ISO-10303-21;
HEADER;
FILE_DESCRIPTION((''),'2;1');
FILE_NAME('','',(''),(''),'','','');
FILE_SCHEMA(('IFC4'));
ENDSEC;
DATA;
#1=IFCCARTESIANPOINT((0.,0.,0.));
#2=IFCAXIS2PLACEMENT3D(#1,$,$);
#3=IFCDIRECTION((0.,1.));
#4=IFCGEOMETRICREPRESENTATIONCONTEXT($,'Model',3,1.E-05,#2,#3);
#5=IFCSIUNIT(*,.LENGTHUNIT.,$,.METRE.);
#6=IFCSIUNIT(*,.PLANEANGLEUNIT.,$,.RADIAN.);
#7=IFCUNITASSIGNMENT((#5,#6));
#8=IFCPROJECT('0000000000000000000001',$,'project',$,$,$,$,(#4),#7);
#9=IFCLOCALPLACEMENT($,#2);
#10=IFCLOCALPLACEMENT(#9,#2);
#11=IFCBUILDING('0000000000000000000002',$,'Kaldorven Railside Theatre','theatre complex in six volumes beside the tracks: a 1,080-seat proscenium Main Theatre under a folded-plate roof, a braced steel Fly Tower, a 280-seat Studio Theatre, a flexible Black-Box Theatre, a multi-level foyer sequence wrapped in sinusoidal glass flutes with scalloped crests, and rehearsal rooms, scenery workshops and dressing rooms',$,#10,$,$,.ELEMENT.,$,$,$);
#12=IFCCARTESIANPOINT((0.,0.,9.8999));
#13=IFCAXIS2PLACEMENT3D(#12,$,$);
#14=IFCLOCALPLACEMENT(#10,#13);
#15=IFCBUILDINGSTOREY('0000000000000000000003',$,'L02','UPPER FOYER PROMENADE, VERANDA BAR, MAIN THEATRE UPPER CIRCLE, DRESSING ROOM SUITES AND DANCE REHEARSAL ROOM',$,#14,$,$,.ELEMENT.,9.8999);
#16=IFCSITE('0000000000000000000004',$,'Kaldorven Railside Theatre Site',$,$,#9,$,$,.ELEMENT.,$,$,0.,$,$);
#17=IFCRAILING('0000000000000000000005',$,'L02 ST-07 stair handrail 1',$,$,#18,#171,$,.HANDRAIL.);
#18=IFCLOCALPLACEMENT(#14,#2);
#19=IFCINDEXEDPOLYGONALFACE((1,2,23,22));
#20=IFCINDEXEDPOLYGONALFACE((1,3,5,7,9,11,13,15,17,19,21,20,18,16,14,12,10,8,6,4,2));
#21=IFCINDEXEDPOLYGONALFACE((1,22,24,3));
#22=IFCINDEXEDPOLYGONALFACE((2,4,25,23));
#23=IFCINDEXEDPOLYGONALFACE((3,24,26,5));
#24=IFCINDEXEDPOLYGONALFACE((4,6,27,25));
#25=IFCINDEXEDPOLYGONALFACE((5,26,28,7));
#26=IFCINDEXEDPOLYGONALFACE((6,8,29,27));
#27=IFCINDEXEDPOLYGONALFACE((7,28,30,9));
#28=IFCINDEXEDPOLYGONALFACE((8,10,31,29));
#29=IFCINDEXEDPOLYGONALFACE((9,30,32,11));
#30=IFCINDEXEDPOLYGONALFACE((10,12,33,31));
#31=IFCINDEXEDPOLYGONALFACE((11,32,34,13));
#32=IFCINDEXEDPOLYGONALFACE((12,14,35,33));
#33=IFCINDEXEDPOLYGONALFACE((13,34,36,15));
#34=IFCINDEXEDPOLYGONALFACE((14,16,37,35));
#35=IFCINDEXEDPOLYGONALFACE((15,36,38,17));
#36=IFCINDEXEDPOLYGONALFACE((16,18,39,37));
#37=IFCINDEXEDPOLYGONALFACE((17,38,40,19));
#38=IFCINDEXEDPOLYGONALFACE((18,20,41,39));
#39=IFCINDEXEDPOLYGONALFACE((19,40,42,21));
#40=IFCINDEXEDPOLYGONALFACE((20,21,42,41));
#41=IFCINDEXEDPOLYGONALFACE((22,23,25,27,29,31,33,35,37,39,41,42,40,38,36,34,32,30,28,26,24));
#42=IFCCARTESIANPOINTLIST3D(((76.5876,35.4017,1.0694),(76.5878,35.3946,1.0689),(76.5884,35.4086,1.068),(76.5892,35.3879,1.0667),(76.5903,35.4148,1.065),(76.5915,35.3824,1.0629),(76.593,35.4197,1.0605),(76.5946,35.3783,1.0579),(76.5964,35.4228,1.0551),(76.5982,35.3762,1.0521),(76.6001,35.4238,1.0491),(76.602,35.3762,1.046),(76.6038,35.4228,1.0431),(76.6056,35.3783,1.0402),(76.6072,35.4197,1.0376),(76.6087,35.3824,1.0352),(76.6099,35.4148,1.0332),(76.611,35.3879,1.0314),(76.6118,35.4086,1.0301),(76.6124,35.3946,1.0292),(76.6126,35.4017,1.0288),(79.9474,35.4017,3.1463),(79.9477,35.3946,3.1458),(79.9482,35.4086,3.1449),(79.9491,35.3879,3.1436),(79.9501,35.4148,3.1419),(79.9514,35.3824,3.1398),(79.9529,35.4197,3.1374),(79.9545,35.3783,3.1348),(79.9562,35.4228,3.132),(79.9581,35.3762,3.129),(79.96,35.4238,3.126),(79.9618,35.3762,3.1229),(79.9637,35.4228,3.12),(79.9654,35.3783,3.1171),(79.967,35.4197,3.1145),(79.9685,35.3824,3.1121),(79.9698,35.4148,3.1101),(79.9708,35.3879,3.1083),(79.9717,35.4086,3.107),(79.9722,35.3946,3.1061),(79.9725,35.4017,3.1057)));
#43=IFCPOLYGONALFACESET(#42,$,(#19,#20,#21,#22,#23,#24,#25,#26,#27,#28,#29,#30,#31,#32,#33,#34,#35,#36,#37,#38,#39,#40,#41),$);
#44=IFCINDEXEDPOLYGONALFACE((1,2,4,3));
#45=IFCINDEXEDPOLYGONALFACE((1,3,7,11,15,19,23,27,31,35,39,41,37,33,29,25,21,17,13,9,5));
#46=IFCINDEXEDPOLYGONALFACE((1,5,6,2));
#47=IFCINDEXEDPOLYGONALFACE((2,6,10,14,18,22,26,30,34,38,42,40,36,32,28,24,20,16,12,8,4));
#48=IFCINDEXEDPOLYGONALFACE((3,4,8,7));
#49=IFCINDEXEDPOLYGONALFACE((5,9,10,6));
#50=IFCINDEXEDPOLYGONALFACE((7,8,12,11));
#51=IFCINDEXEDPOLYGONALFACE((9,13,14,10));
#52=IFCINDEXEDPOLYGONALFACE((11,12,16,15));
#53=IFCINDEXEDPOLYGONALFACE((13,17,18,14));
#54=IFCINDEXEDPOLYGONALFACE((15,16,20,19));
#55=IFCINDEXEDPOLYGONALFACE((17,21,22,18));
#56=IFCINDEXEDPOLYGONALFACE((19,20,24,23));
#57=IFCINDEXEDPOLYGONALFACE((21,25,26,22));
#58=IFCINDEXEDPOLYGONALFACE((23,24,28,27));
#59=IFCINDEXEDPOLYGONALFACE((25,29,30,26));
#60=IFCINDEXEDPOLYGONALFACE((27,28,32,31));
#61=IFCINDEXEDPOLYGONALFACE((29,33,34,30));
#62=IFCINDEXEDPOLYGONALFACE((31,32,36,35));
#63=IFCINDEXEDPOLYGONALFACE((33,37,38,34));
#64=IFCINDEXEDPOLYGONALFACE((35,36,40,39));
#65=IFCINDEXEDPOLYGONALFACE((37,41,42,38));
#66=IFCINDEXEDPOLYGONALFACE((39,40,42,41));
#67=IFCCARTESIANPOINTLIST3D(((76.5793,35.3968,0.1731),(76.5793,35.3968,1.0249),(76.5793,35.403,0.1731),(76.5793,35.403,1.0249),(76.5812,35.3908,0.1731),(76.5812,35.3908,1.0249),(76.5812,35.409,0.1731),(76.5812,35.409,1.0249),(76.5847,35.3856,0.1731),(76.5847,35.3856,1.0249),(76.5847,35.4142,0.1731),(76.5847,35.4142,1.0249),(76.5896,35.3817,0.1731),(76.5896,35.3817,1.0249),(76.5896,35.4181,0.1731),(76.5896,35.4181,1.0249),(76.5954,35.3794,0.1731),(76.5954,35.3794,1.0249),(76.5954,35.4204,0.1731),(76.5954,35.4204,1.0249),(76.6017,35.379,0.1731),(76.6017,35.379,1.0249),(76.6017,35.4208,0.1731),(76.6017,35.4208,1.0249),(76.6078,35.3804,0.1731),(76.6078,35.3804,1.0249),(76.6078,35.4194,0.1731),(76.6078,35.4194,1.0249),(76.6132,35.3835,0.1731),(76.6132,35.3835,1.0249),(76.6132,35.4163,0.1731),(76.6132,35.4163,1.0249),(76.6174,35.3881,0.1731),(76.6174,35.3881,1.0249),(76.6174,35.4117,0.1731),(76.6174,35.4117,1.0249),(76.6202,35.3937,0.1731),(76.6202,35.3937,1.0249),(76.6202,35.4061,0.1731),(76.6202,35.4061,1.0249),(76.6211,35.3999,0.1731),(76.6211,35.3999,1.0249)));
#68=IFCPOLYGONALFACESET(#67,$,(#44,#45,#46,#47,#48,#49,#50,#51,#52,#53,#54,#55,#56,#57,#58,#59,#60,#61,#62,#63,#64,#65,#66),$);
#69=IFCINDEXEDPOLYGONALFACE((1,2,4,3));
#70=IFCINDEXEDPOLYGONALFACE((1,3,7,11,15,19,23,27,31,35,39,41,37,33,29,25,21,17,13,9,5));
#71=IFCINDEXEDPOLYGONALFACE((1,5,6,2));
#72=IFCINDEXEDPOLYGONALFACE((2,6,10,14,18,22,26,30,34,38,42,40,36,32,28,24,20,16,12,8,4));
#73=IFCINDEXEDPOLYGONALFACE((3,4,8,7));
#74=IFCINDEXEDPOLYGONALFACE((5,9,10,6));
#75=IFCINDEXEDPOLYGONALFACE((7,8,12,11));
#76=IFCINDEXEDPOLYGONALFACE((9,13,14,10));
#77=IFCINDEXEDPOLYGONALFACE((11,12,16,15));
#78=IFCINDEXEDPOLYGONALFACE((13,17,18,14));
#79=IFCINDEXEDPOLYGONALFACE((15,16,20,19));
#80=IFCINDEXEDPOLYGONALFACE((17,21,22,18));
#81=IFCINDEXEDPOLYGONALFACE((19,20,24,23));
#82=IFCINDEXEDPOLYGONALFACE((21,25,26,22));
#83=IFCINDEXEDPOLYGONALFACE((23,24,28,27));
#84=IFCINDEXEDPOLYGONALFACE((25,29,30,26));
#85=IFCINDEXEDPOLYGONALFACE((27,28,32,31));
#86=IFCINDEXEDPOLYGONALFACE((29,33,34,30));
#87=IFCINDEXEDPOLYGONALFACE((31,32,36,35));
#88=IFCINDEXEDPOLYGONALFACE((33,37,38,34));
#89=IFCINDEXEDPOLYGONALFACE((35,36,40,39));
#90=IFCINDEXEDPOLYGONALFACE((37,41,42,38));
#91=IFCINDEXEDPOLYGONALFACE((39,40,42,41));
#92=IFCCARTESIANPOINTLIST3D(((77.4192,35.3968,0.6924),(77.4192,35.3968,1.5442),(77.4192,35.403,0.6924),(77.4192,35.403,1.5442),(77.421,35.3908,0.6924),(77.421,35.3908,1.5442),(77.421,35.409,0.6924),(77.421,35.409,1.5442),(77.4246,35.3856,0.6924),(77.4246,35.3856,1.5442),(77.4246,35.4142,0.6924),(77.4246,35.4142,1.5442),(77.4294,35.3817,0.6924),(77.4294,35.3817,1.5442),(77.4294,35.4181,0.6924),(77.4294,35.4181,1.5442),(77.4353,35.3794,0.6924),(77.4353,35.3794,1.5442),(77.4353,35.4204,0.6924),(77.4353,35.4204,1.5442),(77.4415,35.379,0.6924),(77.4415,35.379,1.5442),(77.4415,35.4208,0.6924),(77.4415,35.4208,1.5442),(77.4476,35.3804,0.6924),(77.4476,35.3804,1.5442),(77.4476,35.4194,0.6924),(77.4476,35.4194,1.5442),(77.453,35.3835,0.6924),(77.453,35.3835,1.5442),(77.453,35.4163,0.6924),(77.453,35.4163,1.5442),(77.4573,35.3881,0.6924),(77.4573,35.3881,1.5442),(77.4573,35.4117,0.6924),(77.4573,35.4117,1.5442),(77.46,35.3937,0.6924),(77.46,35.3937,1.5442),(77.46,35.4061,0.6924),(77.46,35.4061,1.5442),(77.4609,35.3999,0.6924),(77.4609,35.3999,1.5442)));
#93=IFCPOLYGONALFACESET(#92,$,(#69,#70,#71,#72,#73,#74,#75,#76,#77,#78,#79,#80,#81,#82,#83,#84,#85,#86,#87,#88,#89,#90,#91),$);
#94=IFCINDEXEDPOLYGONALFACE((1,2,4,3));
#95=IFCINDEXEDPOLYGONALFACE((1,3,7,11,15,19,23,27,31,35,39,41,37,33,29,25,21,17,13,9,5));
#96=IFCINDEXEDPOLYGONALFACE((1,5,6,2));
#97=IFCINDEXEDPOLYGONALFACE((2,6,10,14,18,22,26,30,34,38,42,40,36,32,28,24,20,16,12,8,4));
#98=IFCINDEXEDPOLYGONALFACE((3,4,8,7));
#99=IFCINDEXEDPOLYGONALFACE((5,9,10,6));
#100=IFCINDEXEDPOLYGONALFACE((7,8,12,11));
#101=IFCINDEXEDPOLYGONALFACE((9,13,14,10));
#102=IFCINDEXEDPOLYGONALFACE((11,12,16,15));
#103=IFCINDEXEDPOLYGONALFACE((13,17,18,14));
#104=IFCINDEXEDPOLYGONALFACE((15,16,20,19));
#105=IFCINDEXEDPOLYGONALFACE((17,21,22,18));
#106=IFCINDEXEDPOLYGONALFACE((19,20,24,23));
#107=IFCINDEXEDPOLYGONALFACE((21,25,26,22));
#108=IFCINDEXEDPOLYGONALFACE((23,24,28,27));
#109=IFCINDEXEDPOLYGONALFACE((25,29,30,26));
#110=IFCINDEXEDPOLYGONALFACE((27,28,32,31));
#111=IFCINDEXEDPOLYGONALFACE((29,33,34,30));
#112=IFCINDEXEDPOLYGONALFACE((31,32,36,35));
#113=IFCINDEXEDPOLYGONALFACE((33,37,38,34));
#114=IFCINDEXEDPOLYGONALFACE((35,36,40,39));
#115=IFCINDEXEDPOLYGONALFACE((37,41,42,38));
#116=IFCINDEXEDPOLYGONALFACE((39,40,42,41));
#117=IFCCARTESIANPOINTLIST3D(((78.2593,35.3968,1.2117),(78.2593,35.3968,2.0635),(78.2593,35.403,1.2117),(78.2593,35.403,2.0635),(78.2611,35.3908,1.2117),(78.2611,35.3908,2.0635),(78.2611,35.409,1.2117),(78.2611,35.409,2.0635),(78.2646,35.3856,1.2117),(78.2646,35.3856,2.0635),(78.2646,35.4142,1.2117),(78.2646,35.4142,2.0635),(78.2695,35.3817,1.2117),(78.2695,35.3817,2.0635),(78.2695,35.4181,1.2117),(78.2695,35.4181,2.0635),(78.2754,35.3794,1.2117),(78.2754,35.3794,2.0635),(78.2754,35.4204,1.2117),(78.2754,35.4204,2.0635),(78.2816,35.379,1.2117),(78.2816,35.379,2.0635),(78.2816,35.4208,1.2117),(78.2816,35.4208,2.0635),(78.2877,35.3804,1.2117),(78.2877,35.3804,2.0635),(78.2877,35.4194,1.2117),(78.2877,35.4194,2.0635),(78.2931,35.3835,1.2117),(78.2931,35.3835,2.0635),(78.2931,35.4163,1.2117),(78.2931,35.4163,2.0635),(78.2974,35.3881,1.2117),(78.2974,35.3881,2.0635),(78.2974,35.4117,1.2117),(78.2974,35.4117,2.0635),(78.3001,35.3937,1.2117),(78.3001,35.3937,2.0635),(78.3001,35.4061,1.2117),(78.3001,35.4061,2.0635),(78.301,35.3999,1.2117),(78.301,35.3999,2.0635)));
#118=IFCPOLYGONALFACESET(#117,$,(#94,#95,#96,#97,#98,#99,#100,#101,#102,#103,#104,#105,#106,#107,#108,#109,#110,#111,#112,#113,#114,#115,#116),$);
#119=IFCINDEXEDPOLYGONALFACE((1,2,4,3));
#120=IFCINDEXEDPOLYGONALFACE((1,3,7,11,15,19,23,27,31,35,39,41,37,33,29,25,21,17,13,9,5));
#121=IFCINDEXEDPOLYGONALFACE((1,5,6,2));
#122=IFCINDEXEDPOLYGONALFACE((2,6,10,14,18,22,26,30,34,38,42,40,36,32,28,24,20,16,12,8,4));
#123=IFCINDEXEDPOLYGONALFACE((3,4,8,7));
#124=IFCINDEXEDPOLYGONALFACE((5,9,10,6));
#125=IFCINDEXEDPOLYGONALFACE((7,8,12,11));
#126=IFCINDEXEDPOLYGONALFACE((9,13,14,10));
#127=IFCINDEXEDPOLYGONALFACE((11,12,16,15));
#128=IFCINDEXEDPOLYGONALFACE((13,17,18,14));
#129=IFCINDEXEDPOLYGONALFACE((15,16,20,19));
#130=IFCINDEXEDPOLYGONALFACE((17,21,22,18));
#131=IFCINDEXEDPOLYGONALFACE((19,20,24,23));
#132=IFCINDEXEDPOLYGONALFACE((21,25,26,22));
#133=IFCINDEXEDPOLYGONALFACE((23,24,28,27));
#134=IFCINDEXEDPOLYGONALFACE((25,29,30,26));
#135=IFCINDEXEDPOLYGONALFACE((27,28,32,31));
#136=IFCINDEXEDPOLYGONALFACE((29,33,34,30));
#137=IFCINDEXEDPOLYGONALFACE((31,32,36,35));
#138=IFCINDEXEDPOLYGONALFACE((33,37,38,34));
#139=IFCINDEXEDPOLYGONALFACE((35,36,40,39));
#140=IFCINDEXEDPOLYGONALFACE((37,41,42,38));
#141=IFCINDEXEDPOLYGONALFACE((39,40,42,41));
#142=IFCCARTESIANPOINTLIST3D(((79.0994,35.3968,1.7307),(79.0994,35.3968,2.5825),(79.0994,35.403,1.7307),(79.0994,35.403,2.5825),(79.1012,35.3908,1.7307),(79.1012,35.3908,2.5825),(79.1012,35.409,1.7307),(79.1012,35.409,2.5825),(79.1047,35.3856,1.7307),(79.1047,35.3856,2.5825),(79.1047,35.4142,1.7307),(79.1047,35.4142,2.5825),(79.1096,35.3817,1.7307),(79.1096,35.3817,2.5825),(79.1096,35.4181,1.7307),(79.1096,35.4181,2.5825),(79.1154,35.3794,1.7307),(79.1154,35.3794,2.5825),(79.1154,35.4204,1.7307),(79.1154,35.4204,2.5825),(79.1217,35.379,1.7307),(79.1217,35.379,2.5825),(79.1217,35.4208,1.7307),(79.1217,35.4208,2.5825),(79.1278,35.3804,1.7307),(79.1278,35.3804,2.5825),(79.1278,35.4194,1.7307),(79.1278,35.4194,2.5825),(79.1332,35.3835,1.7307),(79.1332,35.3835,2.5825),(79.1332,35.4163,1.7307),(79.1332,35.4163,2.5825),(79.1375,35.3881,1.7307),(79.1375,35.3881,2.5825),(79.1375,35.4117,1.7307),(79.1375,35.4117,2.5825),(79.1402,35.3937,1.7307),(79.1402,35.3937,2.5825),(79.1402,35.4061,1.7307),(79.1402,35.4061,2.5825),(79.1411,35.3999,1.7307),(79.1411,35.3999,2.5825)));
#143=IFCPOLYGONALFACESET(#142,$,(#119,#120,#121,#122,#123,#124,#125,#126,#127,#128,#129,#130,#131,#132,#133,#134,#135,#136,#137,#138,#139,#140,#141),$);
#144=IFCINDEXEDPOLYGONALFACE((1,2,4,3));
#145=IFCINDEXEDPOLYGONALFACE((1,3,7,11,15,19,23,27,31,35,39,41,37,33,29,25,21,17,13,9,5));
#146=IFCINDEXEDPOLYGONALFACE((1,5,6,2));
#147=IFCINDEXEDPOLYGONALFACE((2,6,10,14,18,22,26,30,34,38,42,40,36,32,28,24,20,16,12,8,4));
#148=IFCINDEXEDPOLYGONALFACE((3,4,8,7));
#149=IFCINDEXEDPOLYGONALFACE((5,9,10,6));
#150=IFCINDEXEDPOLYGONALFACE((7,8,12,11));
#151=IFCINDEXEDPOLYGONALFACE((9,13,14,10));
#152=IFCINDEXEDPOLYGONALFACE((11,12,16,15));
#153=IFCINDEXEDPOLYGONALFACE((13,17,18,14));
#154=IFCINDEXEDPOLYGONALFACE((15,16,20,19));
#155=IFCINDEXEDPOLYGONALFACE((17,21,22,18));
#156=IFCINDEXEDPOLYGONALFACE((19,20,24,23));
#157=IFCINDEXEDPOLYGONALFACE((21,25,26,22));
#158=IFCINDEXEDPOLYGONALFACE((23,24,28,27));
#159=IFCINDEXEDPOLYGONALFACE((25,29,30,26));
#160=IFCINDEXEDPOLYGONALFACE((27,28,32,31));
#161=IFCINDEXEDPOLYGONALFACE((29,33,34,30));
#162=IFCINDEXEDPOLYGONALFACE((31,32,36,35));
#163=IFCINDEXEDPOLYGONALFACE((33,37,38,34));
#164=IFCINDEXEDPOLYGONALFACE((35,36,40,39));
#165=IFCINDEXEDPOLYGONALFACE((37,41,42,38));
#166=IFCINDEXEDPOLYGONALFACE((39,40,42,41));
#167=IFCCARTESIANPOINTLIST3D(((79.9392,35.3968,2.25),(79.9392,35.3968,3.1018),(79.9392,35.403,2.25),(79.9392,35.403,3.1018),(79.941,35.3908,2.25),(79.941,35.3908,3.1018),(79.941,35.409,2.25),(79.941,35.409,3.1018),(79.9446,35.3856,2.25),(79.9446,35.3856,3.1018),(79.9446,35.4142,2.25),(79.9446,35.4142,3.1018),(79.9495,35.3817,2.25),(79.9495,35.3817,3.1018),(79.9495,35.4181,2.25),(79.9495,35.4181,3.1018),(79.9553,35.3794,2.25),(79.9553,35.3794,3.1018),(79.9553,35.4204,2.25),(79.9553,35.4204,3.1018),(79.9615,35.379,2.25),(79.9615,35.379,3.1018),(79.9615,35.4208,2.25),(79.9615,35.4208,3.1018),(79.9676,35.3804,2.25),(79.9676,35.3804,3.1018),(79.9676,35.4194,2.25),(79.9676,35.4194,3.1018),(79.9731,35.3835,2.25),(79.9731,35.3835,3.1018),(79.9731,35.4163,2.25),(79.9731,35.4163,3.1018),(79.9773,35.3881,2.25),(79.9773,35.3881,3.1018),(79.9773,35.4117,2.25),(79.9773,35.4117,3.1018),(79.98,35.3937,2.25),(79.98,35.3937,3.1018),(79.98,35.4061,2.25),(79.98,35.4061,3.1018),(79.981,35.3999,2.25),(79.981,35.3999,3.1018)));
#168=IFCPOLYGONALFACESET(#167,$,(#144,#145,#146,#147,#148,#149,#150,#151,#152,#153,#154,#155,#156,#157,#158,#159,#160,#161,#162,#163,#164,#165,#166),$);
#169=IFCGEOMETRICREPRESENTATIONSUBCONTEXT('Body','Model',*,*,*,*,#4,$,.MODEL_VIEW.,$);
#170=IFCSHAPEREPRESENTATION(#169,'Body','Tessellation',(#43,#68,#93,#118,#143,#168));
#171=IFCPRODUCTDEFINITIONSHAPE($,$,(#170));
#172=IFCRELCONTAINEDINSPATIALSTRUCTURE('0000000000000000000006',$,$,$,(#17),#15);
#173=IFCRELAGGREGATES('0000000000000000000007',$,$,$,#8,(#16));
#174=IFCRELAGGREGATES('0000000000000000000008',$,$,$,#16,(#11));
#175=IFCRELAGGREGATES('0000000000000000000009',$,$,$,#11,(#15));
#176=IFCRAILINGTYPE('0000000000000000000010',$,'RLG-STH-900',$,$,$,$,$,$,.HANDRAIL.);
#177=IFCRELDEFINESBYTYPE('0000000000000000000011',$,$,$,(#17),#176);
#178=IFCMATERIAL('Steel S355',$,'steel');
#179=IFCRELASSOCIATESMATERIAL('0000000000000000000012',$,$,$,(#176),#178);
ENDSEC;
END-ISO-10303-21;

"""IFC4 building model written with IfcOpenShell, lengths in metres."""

from ifc_helpers import new_model, si_unit, direction, frame, origin, origin_2d, place, context, subcontext, project, spatial, circle, extrude, material, type_object, element, save


model = new_model("IFC4")

# Units and contexts
model_context = context("Model", 3, precision=1e-05, world=origin(), true_north=direction((0.0, 1.0)))
body_context = subcontext(model_context, "Body", "Model", "MODEL_VIEW")
ifc_project = project(units=[si_unit("LENGTHUNIT", "METRE"), si_unit("PLANEANGLEUNIT", "RADIAN")], contexts=[model_context])

# Site, building, storey
site_placement = place(None, origin())
site = spatial("IfcSite", under=ifc_project, at=site_placement, Name="Kaldorven Railside Theatre Site", CompositionType="ELEMENT", RefElevation=0.0)
building_placement = place(site_placement, origin())
building = spatial("IfcBuilding", under=site, at=building_placement, Name="Kaldorven Railside Theatre", Description="theatre complex in six volumes beside the tracks: a 1,080-seat proscenium Main Theatre under a folded-plate roof, a braced steel Fly Tower, a 280-seat Studio Theatre, a flexible Black-Box Theatre, a multi-level foyer sequence wrapped in sinusoidal glass flutes with scalloped crests, and rehearsal rooms, scenery workshops and dressing rooms", CompositionType="ELEMENT")
storey_placement = place(building_placement, frame((0.0, 0.0, 9.8999)))
storey = spatial("IfcBuildingStorey", under=building, at=storey_placement, Name="L02", Description="UPPER FOYER PROMENADE, VERANDA BAR, MAIN THEATRE UPPER CIRCLE, DRESSING ROOM SUITES AND DANCE REHEARSAL ROOM", CompositionType="ELEMENT", Elevation=9.8999)

# Shared definitions
ifc_material_1 = material(Name="Steel S355", Category="steel")

# Railing
railing_type_1 = type_object("IfcRailingType", Name="RLG-STH-900", PredefinedType="HANDRAIL", material=ifc_material_1)
railing_1_placement = place(storey_placement, frame((76.6001, 35.3999, 0.1731)))
element("IfcRailing", 1, at=railing_1_placement, inside=storey, type_object=railing_type_1, Name="L02 ST-07 stair handrail 1", PredefinedType="HANDRAIL", context=body_context, shape_type="SweptSolid", body=[
    extrude(circle(Radius=0.0239, at=origin_2d()), frame((0.0, 0.0, 0.876), z_axis=(0.850606, 0.0, 0.525803), x_axis=(0.0, 1.0, 0.0)), (0.0, 0.0, 1.0), 3.95),
    extrude(circle(Radius=0.021, at=origin_2d()), origin(), (0.0, 0.0, 1.0), 0.8518),
    extrude(circle(Radius=0.021, at=origin_2d()), frame((0.8398, 0.0, 0.5193)), (0.0, 0.0, 1.0), 0.8518),
    extrude(circle(Radius=0.021, at=origin_2d()), frame((1.6799, 0.0, 1.0386)), (0.0, 0.0, 1.0), 0.8518),
    extrude(circle(Radius=0.021, at=origin_2d()), frame((2.52, 0.0, 1.5576)), (0.0, 0.0, 1.0), 0.8518),
    extrude(circle(Radius=0.021, at=origin_2d()), frame((3.3599, 0.0, 2.0769)), (0.0, 0.0, 1.0), 0.8518),
])

save(model, "model.ifc")
